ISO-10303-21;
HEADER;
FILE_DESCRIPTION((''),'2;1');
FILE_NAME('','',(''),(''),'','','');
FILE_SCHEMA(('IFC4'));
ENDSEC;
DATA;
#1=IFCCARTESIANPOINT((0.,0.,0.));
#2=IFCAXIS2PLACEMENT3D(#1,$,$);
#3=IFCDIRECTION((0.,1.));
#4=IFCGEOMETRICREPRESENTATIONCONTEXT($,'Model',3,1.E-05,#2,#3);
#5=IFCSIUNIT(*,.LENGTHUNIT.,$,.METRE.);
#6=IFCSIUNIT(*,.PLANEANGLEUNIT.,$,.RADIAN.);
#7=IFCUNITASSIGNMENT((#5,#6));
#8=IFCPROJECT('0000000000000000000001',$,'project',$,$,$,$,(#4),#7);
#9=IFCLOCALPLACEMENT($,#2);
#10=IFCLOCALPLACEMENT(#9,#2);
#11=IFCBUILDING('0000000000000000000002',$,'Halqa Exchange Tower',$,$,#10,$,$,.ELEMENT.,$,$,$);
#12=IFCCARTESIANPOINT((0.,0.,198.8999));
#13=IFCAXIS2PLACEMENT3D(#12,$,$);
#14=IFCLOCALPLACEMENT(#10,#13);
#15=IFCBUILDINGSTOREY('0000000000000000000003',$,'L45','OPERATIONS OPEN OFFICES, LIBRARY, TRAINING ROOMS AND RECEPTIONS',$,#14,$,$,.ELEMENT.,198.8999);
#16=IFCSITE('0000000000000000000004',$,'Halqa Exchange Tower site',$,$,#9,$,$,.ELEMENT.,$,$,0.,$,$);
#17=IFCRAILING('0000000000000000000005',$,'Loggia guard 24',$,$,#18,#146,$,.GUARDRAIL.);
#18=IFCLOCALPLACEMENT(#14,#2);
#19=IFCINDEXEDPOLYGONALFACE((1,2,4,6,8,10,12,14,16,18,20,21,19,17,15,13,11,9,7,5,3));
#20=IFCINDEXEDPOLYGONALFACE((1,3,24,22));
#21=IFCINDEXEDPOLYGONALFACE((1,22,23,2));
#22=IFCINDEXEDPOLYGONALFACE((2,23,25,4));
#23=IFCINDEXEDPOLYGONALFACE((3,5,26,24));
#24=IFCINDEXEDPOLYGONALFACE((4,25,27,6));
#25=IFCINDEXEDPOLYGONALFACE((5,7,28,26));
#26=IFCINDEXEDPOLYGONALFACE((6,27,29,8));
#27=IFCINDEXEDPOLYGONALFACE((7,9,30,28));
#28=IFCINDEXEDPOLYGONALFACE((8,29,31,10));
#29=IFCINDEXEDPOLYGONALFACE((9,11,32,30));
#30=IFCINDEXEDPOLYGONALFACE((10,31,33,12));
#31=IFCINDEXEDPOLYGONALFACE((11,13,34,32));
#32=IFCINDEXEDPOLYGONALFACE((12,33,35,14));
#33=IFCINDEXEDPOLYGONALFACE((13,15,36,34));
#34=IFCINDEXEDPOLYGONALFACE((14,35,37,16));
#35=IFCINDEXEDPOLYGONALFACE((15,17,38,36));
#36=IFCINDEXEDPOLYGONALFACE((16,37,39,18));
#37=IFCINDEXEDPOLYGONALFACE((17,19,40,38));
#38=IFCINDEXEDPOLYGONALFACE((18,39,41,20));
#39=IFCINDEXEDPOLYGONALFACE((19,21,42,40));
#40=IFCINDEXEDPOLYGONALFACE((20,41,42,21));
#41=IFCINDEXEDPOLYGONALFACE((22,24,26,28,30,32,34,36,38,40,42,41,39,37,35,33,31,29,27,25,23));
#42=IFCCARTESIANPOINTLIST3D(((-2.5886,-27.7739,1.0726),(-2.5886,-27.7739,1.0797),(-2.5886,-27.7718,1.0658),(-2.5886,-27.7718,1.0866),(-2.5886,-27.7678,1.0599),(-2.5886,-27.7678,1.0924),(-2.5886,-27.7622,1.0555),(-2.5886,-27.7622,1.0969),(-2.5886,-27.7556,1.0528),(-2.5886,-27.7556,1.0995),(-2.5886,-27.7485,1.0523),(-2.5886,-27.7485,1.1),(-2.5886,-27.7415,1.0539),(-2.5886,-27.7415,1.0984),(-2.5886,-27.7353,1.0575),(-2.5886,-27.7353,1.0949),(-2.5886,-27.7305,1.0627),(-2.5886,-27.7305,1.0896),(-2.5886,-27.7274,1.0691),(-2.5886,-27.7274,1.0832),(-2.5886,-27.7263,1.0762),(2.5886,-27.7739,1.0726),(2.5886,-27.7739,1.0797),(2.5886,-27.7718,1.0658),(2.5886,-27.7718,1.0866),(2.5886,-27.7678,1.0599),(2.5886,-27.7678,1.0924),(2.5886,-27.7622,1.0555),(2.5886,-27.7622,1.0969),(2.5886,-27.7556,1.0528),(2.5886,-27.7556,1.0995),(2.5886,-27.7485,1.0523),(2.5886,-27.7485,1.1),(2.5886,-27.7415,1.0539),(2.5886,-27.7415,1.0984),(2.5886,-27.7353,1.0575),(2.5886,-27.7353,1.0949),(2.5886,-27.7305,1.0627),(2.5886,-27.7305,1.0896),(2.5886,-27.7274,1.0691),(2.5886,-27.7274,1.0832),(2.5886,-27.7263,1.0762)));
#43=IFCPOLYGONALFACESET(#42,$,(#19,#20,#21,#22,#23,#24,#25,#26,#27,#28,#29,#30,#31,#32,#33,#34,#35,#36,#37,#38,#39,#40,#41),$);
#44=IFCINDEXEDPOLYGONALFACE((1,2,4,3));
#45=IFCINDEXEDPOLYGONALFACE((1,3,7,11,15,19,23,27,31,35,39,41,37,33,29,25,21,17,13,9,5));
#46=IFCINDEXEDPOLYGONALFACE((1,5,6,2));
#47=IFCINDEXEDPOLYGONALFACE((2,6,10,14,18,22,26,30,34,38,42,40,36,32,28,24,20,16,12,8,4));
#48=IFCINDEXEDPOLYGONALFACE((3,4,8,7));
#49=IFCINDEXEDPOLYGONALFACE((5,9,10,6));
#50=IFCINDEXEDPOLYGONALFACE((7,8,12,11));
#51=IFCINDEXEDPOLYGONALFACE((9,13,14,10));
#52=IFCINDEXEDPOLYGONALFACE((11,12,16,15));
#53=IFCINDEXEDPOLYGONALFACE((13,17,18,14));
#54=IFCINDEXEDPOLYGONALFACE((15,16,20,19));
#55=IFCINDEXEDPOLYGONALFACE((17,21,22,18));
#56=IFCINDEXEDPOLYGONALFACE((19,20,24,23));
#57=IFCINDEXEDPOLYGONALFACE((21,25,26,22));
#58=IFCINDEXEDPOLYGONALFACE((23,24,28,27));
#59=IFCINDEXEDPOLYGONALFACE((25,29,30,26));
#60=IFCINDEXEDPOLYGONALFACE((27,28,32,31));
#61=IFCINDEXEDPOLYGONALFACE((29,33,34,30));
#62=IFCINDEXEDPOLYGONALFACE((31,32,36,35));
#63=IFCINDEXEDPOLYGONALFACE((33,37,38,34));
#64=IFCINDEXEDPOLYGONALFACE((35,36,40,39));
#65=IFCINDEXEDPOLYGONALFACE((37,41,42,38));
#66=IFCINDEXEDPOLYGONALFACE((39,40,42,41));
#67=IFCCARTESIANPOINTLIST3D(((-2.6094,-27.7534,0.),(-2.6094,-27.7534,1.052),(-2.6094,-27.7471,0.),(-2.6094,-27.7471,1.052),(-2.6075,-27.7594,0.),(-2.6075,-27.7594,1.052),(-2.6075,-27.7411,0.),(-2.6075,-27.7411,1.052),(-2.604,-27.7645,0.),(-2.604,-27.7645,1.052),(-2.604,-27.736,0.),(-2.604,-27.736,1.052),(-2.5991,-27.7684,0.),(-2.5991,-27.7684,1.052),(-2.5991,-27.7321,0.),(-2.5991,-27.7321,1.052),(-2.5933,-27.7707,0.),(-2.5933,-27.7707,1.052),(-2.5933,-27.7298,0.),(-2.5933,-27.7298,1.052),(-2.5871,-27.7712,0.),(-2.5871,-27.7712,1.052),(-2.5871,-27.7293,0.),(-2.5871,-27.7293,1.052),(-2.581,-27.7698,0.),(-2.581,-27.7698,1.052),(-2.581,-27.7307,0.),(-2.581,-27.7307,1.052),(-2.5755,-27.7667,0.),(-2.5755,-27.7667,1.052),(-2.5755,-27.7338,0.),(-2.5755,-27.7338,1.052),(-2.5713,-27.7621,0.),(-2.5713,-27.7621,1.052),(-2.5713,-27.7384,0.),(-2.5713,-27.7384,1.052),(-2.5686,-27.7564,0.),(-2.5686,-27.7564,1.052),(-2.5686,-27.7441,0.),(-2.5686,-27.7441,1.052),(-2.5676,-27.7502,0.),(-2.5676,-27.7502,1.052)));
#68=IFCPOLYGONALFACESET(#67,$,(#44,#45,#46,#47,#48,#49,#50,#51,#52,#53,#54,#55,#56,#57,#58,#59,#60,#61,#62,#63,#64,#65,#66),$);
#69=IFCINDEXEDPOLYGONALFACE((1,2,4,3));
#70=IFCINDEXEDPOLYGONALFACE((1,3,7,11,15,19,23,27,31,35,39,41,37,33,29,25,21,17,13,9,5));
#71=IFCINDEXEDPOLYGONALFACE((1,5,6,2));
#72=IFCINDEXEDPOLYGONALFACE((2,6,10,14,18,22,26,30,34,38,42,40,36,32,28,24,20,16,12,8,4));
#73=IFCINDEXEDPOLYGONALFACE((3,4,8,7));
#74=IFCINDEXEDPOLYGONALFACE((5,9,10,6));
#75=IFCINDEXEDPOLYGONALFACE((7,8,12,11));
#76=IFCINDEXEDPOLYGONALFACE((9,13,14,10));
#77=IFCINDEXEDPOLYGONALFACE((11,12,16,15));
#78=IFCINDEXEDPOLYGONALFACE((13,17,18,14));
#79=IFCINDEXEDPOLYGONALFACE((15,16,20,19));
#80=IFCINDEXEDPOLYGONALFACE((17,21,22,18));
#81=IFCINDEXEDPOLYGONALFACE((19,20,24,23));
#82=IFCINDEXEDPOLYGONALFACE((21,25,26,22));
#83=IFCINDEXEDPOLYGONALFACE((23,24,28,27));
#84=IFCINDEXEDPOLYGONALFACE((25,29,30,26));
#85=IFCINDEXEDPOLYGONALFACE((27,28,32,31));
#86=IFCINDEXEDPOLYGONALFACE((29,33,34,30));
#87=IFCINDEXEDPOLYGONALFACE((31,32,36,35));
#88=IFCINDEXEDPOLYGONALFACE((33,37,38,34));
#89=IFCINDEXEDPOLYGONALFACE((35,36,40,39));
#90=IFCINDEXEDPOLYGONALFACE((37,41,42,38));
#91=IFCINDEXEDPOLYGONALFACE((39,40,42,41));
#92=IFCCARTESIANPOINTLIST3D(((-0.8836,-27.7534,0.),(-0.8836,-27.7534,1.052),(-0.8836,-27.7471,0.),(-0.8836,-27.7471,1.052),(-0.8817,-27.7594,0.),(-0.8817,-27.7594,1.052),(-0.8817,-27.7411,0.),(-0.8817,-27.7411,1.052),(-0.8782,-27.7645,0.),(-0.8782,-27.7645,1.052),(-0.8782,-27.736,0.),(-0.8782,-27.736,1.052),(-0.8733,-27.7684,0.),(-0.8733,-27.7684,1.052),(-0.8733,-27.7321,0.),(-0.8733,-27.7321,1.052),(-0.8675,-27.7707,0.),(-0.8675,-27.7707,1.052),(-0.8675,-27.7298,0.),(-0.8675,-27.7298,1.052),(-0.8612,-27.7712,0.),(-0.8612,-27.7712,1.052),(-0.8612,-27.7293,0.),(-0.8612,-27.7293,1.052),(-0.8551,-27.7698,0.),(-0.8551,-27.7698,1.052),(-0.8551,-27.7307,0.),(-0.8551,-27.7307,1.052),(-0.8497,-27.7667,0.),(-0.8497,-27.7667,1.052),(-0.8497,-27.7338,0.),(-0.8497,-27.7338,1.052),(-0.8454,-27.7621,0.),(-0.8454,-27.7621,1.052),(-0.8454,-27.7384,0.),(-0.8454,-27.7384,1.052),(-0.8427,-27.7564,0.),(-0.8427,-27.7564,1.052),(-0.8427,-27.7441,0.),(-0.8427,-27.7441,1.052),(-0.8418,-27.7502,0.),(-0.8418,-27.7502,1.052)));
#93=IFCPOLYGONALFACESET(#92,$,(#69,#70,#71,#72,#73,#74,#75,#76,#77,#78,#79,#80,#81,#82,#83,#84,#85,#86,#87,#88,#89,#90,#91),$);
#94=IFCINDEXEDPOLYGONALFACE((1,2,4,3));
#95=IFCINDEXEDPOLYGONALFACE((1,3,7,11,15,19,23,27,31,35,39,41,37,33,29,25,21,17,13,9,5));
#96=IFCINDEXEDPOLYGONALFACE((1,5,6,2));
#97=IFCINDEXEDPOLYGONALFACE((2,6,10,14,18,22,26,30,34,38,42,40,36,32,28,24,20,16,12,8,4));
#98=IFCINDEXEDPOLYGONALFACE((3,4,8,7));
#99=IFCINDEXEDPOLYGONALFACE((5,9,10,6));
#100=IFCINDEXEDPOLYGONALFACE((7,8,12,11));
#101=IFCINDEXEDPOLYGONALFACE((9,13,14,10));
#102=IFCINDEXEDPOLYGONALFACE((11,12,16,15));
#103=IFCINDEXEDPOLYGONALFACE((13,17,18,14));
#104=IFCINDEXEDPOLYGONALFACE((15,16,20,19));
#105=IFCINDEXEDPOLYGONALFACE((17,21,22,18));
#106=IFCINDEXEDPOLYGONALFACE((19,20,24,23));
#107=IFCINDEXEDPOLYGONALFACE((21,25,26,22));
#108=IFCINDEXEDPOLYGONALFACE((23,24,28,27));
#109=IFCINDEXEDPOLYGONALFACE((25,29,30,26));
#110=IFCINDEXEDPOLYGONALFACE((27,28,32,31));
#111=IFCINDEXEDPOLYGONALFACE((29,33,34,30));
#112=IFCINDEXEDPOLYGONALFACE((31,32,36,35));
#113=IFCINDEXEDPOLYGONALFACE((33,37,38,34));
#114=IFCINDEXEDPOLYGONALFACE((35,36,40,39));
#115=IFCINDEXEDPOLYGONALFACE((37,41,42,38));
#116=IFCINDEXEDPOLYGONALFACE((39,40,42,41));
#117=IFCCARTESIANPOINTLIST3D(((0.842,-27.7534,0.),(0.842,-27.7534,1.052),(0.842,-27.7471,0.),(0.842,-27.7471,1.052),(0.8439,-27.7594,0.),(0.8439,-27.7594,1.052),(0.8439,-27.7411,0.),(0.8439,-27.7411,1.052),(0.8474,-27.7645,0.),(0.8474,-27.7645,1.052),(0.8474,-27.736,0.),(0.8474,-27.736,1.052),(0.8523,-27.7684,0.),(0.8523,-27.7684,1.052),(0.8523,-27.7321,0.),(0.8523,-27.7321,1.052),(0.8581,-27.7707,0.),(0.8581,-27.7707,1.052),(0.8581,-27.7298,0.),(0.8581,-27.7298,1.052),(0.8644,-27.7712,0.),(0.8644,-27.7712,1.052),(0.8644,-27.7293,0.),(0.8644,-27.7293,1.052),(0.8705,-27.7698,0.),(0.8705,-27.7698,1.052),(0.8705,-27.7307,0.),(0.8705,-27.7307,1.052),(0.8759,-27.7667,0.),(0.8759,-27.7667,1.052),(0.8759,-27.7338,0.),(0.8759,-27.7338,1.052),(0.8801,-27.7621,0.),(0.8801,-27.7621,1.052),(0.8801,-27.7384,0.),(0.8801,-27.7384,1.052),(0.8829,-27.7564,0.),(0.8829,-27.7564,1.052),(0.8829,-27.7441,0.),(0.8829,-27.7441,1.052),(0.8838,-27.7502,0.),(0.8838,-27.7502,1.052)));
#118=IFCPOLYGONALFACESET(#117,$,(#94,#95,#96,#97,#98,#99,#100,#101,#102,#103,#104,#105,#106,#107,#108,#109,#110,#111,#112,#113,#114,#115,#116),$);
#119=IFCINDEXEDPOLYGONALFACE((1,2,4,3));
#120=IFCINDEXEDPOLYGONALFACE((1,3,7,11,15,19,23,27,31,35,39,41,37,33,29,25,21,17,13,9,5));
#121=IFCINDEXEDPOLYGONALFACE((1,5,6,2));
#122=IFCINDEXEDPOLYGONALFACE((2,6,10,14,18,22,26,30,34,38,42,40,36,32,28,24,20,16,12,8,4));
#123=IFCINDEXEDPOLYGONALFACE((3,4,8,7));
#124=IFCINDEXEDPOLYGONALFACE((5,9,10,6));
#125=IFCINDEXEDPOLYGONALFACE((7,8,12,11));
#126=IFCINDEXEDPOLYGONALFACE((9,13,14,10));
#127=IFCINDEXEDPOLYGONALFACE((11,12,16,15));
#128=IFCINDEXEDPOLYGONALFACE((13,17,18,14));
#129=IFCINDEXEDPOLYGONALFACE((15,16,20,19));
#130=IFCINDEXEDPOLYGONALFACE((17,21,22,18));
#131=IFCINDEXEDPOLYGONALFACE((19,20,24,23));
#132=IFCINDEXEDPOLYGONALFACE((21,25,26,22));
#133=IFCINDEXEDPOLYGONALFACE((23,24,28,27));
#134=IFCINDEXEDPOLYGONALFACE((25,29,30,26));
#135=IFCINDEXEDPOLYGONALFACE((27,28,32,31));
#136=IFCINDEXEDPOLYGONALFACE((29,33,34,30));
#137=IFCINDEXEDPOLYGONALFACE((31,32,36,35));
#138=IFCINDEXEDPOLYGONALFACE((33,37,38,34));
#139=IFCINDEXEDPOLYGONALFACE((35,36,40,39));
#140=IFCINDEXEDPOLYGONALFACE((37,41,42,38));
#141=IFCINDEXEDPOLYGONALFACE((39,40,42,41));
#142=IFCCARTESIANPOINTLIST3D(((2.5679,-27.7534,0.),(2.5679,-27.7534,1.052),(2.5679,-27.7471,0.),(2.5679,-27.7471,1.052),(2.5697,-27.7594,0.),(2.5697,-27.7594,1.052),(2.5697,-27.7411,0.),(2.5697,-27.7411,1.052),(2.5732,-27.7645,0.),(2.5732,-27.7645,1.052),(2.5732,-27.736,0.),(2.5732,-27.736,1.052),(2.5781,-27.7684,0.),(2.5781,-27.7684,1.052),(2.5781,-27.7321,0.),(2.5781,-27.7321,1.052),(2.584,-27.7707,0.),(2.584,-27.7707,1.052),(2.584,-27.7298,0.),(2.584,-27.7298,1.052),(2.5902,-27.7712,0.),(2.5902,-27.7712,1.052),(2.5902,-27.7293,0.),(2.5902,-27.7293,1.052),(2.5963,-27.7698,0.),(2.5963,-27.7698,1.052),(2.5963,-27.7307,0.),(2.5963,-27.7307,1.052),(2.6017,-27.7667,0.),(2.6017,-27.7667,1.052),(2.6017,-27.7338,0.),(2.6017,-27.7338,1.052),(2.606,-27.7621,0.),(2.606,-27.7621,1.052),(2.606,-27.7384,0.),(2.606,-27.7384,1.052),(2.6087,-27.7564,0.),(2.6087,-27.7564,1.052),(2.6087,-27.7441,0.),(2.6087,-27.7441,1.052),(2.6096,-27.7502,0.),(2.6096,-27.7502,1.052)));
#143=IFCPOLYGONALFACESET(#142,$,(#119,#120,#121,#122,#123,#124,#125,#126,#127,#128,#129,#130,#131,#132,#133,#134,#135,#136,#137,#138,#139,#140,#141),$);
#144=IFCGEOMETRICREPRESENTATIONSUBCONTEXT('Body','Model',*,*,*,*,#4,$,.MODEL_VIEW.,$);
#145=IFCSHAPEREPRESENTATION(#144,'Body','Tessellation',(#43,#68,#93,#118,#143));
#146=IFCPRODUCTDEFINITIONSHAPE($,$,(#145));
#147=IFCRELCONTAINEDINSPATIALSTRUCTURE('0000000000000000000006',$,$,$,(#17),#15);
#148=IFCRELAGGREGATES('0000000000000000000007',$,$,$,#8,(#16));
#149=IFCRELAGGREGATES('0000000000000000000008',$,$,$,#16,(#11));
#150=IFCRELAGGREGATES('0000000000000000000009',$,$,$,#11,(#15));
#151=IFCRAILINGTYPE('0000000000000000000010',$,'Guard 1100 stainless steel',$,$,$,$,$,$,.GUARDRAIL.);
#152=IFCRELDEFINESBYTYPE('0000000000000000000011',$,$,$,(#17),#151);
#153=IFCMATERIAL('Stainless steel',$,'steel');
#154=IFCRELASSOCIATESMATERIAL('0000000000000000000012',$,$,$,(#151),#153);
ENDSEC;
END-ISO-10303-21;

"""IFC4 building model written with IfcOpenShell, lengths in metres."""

from ifc_helpers import new_model, si_unit, direction, frame, origin, origin_2d, place, context, subcontext, project, spatial, circle, extrude, material, type_object, element, save


model = new_model("IFC4")

# Units and contexts
model_context = context("Model", 3, precision=1e-05, world=origin(), true_north=direction((0.0, 1.0)))
body_context = subcontext(model_context, "Body", "Model", "MODEL_VIEW")
ifc_project = project(units=[si_unit("LENGTHUNIT", "METRE"), si_unit("PLANEANGLEUNIT", "RADIAN")], contexts=[model_context])

# Site, building, storey
site_placement = place(None, origin())
site = spatial("IfcSite", under=ifc_project, at=site_placement, Name="Halqa Exchange Tower site", CompositionType="ELEMENT", RefElevation=0.0)
building_placement = place(site_placement, origin())
building = spatial("IfcBuilding", under=site, at=building_placement, Name="Halqa Exchange Tower", CompositionType="ELEMENT")
storey_placement = place(building_placement, frame((0.0, 0.0, 198.8999)))
storey = spatial("IfcBuildingStorey", under=building, at=storey_placement, Name="L45", Description="OPERATIONS OPEN OFFICES, LIBRARY, TRAINING ROOMS AND RECEPTIONS", CompositionType="ELEMENT", Elevation=198.8999)

# Railing
ifc_material_1 = material(Name="Stainless steel", Category="steel")
railing_type = type_object("IfcRailingType", Name="Guard 1100 stainless steel", PredefinedType="GUARDRAIL", material=ifc_material_1)
railing_1_placement = place(storey_placement, frame((-2.5886, -27.7502, 0.0)))
element("IfcRailing", 1, at=railing_1_placement, inside=storey, type_object=railing_type, Name="Loggia guard 24", PredefinedType="GUARDRAIL", context=body_context, shape_type="SweptSolid", body=[
    extrude(circle(Radius=0.0239, at=origin_2d()), frame((0.0, 0.0, 1.0762), z_axis=(1.0, 0.0, 0.0), x_axis=(0.0, 1.0, 0.0)), (0.0, 0.0, 1.0), 5.1772),
    extrude(circle(Radius=0.021, at=origin_2d()), origin(), (0.0, 0.0, 1.0), 1.052),
    extrude(circle(Radius=0.021, at=origin_2d()), frame((1.7258, 0.0, 0.0)), (0.0, 0.0, 1.0), 1.052),
    extrude(circle(Radius=0.021, at=origin_2d()), frame((3.4514, 0.0, 0.0)), (0.0, 0.0, 1.0), 1.052),
    extrude(circle(Radius=0.021, at=origin_2d()), frame((5.1772, 0.0, 0.0)), (0.0, 0.0, 1.0), 1.052),
])

save(model, "model.ifc")
